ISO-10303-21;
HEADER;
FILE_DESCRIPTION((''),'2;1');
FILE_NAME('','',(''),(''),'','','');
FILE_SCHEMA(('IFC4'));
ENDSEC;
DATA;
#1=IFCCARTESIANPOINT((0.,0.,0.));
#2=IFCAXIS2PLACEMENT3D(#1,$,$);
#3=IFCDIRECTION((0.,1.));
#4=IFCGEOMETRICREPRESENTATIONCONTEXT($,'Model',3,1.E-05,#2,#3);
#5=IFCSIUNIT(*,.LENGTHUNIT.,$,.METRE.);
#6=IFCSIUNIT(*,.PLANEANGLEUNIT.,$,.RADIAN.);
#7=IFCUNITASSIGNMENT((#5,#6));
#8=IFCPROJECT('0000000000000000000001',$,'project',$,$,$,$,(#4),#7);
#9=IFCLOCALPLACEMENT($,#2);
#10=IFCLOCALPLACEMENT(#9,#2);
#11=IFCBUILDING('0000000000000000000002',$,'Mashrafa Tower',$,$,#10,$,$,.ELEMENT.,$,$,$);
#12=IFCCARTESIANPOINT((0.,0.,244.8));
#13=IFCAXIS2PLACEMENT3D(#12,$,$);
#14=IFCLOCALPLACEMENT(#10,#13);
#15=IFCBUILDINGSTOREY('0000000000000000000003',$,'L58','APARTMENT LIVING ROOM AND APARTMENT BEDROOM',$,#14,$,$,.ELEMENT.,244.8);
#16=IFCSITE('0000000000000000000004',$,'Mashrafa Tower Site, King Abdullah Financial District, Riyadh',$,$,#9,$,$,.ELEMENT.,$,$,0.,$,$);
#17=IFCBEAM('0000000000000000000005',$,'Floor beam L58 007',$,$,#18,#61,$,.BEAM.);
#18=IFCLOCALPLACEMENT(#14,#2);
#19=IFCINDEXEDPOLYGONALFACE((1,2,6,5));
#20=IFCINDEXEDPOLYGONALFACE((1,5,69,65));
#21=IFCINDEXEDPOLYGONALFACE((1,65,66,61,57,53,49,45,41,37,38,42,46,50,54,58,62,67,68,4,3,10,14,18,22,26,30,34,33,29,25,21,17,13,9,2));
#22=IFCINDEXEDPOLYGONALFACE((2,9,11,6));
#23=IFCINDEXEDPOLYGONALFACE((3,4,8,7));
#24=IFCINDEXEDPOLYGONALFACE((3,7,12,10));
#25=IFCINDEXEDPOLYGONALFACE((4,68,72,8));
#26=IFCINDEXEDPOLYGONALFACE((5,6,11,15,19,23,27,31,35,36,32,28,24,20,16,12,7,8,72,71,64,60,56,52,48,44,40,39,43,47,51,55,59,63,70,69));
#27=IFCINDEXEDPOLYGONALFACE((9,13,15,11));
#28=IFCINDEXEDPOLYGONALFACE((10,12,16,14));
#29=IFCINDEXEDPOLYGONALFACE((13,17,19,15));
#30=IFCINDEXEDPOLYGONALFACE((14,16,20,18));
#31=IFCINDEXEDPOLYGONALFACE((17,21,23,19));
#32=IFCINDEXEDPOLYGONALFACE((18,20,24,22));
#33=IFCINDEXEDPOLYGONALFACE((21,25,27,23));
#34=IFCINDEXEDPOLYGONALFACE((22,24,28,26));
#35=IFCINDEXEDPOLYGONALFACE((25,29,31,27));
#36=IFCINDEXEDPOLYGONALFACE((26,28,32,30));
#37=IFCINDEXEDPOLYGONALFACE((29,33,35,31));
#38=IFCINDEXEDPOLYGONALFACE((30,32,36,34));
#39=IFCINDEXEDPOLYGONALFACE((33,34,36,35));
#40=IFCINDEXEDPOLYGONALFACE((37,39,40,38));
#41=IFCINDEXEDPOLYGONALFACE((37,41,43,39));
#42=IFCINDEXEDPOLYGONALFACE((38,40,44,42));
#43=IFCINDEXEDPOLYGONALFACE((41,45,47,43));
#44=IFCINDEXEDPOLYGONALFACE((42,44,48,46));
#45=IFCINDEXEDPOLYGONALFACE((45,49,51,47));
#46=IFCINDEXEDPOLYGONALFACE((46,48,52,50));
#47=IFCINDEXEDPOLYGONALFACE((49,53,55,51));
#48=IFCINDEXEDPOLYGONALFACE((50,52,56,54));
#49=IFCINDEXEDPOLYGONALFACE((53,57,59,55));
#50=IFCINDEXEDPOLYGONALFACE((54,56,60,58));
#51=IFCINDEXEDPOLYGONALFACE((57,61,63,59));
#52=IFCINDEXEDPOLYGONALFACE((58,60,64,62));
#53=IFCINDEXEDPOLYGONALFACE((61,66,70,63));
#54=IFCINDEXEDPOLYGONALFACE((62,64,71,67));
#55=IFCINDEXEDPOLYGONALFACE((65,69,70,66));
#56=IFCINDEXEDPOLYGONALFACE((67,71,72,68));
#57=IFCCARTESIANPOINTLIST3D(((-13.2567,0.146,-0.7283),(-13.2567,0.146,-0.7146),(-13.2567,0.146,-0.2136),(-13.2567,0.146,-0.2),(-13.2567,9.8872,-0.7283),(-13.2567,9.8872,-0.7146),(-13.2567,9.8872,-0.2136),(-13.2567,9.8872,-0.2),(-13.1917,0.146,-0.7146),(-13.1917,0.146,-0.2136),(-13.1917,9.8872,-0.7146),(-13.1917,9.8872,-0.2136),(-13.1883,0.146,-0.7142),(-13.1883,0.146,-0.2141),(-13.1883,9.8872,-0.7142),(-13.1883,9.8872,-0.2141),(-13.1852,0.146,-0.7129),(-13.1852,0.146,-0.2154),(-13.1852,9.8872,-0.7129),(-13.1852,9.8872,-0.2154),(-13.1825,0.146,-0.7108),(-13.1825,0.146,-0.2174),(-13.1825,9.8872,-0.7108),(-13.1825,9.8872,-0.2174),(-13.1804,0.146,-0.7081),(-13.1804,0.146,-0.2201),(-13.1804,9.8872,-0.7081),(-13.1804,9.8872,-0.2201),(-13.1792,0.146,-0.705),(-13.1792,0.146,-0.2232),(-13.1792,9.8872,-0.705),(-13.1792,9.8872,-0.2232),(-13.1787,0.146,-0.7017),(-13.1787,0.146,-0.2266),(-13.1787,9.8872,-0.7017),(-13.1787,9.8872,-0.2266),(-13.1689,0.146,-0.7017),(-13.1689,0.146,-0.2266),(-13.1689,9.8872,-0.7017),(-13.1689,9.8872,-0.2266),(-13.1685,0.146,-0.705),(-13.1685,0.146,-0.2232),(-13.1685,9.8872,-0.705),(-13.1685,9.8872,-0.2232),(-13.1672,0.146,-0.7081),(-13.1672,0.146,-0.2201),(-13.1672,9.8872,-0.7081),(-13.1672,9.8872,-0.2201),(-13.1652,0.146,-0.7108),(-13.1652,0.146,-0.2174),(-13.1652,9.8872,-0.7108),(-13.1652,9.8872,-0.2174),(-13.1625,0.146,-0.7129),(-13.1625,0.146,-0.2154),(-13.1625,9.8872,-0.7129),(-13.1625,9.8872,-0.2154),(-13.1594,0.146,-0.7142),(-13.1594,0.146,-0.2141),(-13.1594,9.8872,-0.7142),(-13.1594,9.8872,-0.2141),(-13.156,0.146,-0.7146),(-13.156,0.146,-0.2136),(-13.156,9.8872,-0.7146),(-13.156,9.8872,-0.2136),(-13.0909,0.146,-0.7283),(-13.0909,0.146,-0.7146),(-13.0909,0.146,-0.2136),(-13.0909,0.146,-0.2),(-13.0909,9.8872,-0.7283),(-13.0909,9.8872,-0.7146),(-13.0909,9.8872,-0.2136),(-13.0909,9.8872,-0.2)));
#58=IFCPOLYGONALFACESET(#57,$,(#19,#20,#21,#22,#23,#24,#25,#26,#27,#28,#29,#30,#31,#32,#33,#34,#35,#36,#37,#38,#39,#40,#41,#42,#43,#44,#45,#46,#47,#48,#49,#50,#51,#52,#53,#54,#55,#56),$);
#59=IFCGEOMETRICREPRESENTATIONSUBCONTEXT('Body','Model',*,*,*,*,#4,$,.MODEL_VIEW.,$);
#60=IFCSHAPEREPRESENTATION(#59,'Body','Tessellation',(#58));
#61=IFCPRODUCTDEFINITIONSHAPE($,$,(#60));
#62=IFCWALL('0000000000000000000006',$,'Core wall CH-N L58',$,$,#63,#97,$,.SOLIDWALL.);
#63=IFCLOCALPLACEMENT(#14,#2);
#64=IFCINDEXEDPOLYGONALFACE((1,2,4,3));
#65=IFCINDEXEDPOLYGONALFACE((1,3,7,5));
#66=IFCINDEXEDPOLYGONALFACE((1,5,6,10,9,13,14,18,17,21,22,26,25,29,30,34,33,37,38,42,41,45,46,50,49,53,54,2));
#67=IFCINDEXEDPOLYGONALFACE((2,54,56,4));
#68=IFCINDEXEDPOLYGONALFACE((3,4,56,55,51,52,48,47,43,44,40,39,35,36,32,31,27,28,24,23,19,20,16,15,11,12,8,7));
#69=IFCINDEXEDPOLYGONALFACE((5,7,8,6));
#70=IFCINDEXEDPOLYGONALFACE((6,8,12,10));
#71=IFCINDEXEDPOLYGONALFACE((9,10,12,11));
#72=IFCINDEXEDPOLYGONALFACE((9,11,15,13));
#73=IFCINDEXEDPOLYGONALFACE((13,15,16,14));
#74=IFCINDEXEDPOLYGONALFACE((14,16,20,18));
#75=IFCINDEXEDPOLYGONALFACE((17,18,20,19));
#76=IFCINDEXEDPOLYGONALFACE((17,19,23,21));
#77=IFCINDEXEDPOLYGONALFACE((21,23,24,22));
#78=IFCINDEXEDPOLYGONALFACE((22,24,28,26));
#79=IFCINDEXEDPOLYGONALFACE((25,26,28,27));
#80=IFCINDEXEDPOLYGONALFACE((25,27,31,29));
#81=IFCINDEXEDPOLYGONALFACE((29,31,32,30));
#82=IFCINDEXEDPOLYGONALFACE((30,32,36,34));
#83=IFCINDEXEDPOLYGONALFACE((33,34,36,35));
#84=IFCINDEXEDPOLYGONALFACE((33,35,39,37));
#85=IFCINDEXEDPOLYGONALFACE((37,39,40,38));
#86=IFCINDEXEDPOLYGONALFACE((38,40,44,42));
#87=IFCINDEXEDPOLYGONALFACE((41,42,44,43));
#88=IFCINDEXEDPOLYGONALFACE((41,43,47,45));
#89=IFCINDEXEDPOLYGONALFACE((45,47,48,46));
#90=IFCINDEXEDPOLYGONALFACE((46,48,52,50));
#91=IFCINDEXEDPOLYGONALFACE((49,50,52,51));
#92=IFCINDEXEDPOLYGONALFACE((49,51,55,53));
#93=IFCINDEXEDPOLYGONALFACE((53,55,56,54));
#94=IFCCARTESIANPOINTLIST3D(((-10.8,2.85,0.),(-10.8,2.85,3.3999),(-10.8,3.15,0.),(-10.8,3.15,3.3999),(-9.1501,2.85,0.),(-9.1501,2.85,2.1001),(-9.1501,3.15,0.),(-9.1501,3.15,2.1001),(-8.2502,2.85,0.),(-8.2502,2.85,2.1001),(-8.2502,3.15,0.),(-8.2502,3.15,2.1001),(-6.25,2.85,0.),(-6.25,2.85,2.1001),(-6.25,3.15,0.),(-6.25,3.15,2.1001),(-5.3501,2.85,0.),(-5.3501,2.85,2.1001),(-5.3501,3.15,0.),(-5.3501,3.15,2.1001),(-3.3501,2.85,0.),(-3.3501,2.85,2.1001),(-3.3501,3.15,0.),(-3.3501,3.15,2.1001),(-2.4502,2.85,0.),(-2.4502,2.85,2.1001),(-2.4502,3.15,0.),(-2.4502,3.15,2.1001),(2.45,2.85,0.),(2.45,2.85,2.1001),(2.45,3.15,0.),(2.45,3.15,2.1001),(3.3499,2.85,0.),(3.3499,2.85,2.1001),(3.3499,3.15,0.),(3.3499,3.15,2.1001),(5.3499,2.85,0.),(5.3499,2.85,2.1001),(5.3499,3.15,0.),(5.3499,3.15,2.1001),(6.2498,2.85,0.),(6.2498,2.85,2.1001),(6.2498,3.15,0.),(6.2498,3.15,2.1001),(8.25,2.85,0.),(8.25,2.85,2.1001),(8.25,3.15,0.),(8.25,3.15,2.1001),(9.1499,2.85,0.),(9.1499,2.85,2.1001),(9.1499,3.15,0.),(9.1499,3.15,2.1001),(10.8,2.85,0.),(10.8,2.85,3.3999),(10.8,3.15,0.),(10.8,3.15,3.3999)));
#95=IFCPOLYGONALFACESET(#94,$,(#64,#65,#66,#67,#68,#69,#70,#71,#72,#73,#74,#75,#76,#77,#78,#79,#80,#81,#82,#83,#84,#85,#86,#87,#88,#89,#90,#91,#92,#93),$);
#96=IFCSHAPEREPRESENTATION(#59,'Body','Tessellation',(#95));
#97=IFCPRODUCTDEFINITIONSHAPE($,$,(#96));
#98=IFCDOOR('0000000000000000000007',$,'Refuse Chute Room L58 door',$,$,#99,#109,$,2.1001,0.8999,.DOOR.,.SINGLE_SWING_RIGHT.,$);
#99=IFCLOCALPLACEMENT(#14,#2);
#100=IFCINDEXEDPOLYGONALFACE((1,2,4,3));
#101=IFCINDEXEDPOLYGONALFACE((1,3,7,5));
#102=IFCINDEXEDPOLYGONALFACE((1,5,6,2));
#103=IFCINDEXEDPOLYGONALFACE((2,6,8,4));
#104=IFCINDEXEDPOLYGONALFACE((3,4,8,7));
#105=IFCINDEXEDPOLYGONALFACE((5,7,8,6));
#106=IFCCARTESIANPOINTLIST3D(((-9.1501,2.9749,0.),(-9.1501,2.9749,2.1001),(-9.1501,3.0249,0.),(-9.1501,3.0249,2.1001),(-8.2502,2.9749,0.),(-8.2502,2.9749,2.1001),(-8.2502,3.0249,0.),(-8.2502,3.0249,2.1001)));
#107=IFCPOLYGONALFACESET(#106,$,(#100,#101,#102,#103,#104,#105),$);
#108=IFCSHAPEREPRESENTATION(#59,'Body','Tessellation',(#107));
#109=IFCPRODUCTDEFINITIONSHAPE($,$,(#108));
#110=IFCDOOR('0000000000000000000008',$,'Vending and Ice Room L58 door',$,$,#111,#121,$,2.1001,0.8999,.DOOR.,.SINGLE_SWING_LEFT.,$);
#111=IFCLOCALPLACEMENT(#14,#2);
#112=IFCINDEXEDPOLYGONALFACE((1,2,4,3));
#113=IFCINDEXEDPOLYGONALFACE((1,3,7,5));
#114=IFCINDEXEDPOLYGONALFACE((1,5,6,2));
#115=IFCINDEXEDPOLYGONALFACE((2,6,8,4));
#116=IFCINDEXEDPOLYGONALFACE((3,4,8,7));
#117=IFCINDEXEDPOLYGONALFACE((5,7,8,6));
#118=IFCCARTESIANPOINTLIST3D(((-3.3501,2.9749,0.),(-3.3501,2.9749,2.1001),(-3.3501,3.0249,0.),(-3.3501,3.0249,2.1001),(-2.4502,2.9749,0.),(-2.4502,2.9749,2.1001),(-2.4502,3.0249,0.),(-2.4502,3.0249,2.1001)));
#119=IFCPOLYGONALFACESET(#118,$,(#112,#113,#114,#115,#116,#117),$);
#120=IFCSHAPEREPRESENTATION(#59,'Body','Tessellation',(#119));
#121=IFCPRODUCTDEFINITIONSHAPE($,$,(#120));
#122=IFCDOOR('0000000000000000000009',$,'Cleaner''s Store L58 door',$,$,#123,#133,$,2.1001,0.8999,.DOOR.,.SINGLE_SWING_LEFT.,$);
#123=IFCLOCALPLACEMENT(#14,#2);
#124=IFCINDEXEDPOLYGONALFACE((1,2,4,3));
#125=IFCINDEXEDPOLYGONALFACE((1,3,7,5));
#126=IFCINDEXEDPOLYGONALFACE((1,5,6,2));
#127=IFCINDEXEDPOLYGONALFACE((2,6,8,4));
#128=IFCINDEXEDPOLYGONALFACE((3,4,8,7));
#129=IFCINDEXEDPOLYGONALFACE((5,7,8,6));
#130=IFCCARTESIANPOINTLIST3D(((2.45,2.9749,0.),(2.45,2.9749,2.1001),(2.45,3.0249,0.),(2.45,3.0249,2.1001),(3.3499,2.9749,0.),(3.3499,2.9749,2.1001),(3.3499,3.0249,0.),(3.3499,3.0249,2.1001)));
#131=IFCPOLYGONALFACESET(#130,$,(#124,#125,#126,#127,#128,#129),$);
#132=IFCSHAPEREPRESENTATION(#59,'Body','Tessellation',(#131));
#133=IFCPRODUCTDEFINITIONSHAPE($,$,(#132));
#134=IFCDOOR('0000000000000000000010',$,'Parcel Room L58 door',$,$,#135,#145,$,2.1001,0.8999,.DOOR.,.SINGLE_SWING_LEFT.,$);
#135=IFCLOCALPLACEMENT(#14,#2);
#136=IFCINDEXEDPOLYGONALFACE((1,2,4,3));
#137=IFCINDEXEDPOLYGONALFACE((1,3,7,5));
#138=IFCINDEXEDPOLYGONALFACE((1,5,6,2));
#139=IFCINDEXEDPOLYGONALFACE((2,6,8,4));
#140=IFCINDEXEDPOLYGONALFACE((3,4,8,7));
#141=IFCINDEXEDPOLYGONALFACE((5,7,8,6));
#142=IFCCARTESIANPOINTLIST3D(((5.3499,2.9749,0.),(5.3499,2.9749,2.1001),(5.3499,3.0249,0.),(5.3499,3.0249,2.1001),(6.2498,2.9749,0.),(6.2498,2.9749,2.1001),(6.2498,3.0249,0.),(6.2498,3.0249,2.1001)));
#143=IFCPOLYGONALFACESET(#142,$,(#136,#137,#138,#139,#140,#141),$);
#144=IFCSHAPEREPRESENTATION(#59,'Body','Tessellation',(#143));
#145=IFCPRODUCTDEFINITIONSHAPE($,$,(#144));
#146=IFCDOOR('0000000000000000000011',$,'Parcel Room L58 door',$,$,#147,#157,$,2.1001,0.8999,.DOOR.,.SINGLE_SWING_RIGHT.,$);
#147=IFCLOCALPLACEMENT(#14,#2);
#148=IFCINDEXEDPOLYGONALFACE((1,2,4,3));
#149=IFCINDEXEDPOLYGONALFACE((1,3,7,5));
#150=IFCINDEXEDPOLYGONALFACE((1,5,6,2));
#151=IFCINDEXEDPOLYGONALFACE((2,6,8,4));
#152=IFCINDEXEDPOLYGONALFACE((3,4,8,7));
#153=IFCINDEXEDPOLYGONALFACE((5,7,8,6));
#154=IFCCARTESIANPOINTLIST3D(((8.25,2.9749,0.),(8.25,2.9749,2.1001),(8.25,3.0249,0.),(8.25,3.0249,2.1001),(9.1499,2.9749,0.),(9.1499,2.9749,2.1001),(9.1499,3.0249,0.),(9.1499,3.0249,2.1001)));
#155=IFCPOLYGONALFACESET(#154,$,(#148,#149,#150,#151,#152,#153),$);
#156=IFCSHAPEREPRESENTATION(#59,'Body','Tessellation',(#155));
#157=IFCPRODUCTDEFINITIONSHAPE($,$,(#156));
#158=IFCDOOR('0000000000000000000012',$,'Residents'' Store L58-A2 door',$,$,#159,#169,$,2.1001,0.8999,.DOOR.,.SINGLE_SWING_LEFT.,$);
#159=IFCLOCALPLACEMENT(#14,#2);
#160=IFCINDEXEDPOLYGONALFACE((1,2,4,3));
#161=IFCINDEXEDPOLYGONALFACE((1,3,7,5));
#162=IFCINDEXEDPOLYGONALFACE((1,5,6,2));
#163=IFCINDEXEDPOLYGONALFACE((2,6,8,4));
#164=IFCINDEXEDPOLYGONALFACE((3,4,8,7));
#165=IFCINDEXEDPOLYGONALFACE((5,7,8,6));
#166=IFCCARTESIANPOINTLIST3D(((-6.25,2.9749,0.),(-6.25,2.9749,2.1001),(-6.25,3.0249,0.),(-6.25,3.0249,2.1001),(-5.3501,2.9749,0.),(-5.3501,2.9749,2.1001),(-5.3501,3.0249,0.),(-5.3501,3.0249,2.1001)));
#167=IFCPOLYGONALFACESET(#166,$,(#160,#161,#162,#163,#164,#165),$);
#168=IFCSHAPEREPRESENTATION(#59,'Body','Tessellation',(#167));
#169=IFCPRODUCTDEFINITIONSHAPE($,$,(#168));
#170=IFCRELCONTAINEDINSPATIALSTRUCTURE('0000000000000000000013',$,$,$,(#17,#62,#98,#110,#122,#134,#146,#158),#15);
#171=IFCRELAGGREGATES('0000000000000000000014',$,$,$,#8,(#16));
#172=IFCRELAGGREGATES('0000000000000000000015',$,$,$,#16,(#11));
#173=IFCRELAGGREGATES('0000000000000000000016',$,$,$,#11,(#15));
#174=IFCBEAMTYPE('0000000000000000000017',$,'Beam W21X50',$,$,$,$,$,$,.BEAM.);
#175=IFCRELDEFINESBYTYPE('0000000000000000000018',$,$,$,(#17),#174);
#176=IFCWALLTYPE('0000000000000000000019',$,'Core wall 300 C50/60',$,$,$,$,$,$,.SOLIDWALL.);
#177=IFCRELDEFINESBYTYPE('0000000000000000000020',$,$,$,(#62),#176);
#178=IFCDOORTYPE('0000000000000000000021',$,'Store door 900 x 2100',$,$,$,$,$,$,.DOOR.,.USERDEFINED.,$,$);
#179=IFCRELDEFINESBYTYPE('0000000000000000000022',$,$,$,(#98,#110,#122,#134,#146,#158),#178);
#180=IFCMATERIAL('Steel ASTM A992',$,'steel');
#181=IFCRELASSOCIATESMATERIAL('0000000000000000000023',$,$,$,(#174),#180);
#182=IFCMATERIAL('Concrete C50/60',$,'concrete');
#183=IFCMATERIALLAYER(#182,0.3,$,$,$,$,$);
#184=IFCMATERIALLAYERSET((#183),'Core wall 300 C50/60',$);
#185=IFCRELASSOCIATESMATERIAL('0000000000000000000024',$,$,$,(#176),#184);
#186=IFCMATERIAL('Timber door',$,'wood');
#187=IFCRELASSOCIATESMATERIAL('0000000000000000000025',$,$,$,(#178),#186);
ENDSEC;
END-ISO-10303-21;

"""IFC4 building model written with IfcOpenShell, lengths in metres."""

from ifc_helpers import new_model, si_unit, direction, frame, frame_2d, origin, origin_2d, place, context, subcontext, project, spatial, rectangle, i_section, extrude, material, layer, layer_set, material_profile, profile_set, type_object, element, fill, save


model = new_model("IFC4")

# Units and contexts
model_context = context("Model", 3, precision=1e-05, world=origin(), true_north=direction((0.0, 1.0)))
body_context = subcontext(model_context, "Body", "Model", "MODEL_VIEW")
ifc_project = project(units=[si_unit("LENGTHUNIT", "METRE"), si_unit("PLANEANGLEUNIT", "RADIAN")], contexts=[model_context])

# Site, building, storey
site_placement = place(None, origin())
site = spatial("IfcSite", under=ifc_project, at=site_placement, Name="Mashrafa Tower Site, King Abdullah Financial District, Riyadh", CompositionType="ELEMENT", RefElevation=0.0)
building_placement = place(site_placement, origin())
building = spatial("IfcBuilding", under=site, at=building_placement, Name="Mashrafa Tower", CompositionType="ELEMENT")
storey_placement = place(building_placement, frame((0.0, 0.0, 244.8)))
storey = spatial("IfcBuildingStorey", under=building, at=storey_placement, Name="L58", Description="APARTMENT LIVING ROOM AND APARTMENT BEDROOM", CompositionType="ELEMENT", Elevation=244.8)

# Beam
ifc_material_1 = material(Name="Steel ASTM A992", Category="steel")
ifc_material_profile_1 = material_profile(ifc_material_1, i_section(OverallWidth=0.1658, OverallDepth=0.5283, WebThickness=0.0098, FlangeThickness=0.0137, FilletRadius=0.0129, at=origin_2d()), Name="W21X50")
ifc_profile_set_1 = profile_set([ifc_material_profile_1], Name="Steel ASTM A992")
beam_type_1 = type_object("IfcBeamType", Name="Beam W21X50", PredefinedType="BEAM", material=ifc_profile_set_1)
beam_1_placement = place(storey_placement, frame((-13.1738, 0.146, -0.4641), z_axis=(0.0, 1.0, 0.0), x_axis=(-1.0, 0.0, 0.0)))
element("IfcBeam", 1, at=beam_1_placement, inside=storey, type_object=beam_type_1, Name="Floor beam L58 007", PredefinedType="BEAM", context=body_context, shape_type="SweptSolid", body=[
    extrude(i_section(OverallWidth=0.1658, OverallDepth=0.5283, WebThickness=0.0098, FlangeThickness=0.0137, FilletRadius=0.0129, at=origin_2d()), origin(), (0.0, 0.0, 1.0), 9.7412),
])

# Wall, openings, doors
ifc_material_2 = material(Name="Concrete C50/60", Category="concrete")
ifc_layer_1 = layer(ifc_material_2, 0.3)
ifc_layer_set_1 = layer_set([ifc_layer_1], Name="Core wall 300 C50/60")
wall_type_1 = type_object("IfcWallType", Name="Core wall 300 C50/60", PredefinedType="SOLIDWALL", material=ifc_layer_set_1)
wall_1_placement = place(storey_placement, frame((-10.8, 3.0, 0.0), z_axis=(0.0, 0.0, 1.0), x_axis=(1.0, 0.0, 0.0)))
wall_1 = element("IfcWall", 2, at=wall_1_placement, inside=storey, type_object=wall_type_1, Name="Core wall CH-N L58", PredefinedType="SOLIDWALL", context=body_context, shape_type="SweptSolid", body=[
    extrude(rectangle(XDim=21.6001, YDim=0.3, at=frame_2d((10.8, 0.0))), origin(), (0.0, 0.0, 1.0), 3.3999),
])
opening_1_placement = place(wall_1_placement, frame((1.6499, 0.0, 0.0)))
opening_1 = element("IfcOpeningElement", 3, at=opening_1_placement, cuts=wall_1, PredefinedType="OPENING", context=body_context, shape_type="SweptSolid", body=[
    extrude(rectangle(XDim=0.8999, YDim=2.1001, at=frame_2d((0.45, 1.05))), frame((0.0, 0.1599, 0.0), z_axis=(0.0, -1.0, 0.0), x_axis=(1.0, 0.0, 0.0)), (0.0, 0.0, 1.0), 0.3201),
])
opening_2_placement = place(wall_1_placement, frame((7.45, 0.0, 0.0)))
opening_2 = element("IfcOpeningElement", 4, at=opening_2_placement, cuts=wall_1, PredefinedType="OPENING", context=body_context, shape_type="SweptSolid", body=[
    extrude(rectangle(XDim=0.8999, YDim=2.1001, at=frame_2d((0.45, 1.05))), frame((0.0, 0.1599, 0.0), z_axis=(0.0, -1.0, 0.0), x_axis=(1.0, 0.0, 0.0)), (0.0, 0.0, 1.0), 0.3201),
])
opening_3_placement = place(wall_1_placement, frame((13.25, 0.0, 0.0)))
opening_3 = element("IfcOpeningElement", 5, at=opening_3_placement, cuts=wall_1, PredefinedType="OPENING", context=body_context, shape_type="SweptSolid", body=[
    extrude(rectangle(XDim=0.8999, YDim=2.1001, at=frame_2d((0.45, 1.05))), frame((0.0, 0.1599, 0.0), z_axis=(0.0, -1.0, 0.0), x_axis=(1.0, 0.0, 0.0)), (0.0, 0.0, 1.0), 0.3201),
])
opening_4_placement = place(wall_1_placement, frame((16.1499, 0.0, 0.0)))
opening_4 = element("IfcOpeningElement", 6, at=opening_4_placement, cuts=wall_1, PredefinedType="OPENING", context=body_context, shape_type="SweptSolid", body=[
    extrude(rectangle(XDim=0.8999, YDim=2.1001, at=frame_2d((0.45, 1.05))), frame((0.0, 0.1599, 0.0), z_axis=(0.0, -1.0, 0.0), x_axis=(1.0, 0.0, 0.0)), (0.0, 0.0, 1.0), 0.3201),
])
opening_5_placement = place(wall_1_placement, frame((19.05, 0.0, 0.0)))
opening_5 = element("IfcOpeningElement", 7, at=opening_5_placement, cuts=wall_1, PredefinedType="OPENING", context=body_context, shape_type="SweptSolid", body=[
    extrude(rectangle(XDim=0.8999, YDim=2.1001, at=frame_2d((0.45, 1.05))), frame((0.0, 0.1599, 0.0), z_axis=(0.0, -1.0, 0.0), x_axis=(1.0, 0.0, 0.0)), (0.0, 0.0, 1.0), 0.3201),
])
opening_6_placement = place(wall_1_placement, frame((4.55, 0.0, 0.0)))
opening_6 = element("IfcOpeningElement", 8, at=opening_6_placement, cuts=wall_1, PredefinedType="OPENING", context=body_context, shape_type="SweptSolid", body=[
    extrude(rectangle(XDim=0.8999, YDim=2.1001, at=frame_2d((0.45, 1.05))), frame((0.0, 0.1599, 0.0), z_axis=(0.0, -1.0, 0.0), x_axis=(1.0, 0.0, 0.0)), (0.0, 0.0, 1.0), 0.3201),
])
ifc_material_3 = material(Name="Timber door", Category="wood")
door_type_1 = type_object("IfcDoorType", Name="Store door 900 x 2100", OperationType="USERDEFINED", PredefinedType="DOOR", material=ifc_material_3)
door_1_placement = place(opening_1_placement, origin())
door_1 = element("IfcDoor", 9, at=door_1_placement, inside=storey, type_object=door_type_1, Name="Refuse Chute Room L58 door", OperationType="SINGLE_SWING_RIGHT", OverallHeight=2.1001, OverallWidth=0.8999, PredefinedType="DOOR", context=body_context, shape_type="SweptSolid", body=[
    extrude(rectangle(XDim=0.8999, YDim=2.1001, at=frame_2d((0.45, 1.05))), frame((0.0, 0.0249, 0.0), z_axis=(0.0, -1.0, 0.0), x_axis=(1.0, 0.0, 0.0)), (0.0, 0.0, 1.0), 0.05),
])
fill(opening_1, door_1)
door_2_placement = place(opening_2_placement, origin())
door_2 = element("IfcDoor", 10, at=door_2_placement, inside=storey, type_object=door_type_1, Name="Vending and Ice Room L58 door", OperationType="SINGLE_SWING_LEFT", OverallHeight=2.1001, OverallWidth=0.8999, PredefinedType="DOOR", context=body_context, shape_type="SweptSolid", body=[
    extrude(rectangle(XDim=0.8999, YDim=2.1001, at=frame_2d((0.45, 1.05))), frame((0.0, 0.0249, 0.0), z_axis=(0.0, -1.0, 0.0), x_axis=(1.0, 0.0, 0.0)), (0.0, 0.0, 1.0), 0.05),
])
fill(opening_2, door_2)
door_3_placement = place(opening_3_placement, origin())
door_3 = element("IfcDoor", 11, at=door_3_placement, inside=storey, type_object=door_type_1, Name="Cleaner's Store L58 door", OperationType="SINGLE_SWING_LEFT", OverallHeight=2.1001, OverallWidth=0.8999, PredefinedType="DOOR", context=body_context, shape_type="SweptSolid", body=[
    extrude(rectangle(XDim=0.8999, YDim=2.1001, at=frame_2d((0.45, 1.05))), frame((0.0, 0.0249, 0.0), z_axis=(0.0, -1.0, 0.0), x_axis=(1.0, 0.0, 0.0)), (0.0, 0.0, 1.0), 0.05),
])
fill(opening_3, door_3)
door_4_placement = place(opening_4_placement, origin())
door_4 = element("IfcDoor", 12, at=door_4_placement, inside=storey, type_object=door_type_1, Name="Parcel Room L58 door", OperationType="SINGLE_SWING_LEFT", OverallHeight=2.1001, OverallWidth=0.8999, PredefinedType="DOOR", context=body_context, shape_type="SweptSolid", body=[
    extrude(rectangle(XDim=0.8999, YDim=2.1001, at=frame_2d((0.45, 1.05))), frame((0.0, 0.0249, 0.0), z_axis=(0.0, -1.0, 0.0), x_axis=(1.0, 0.0, 0.0)), (0.0, 0.0, 1.0), 0.05),
])
fill(opening_4, door_4)
door_5_placement = place(opening_5_placement, origin())
door_5 = element("IfcDoor", 13, at=door_5_placement, inside=storey, type_object=door_type_1, Name="Parcel Room L58 door", OperationType="SINGLE_SWING_RIGHT", OverallHeight=2.1001, OverallWidth=0.8999, PredefinedType="DOOR", context=body_context, shape_type="SweptSolid", body=[
    extrude(rectangle(XDim=0.8999, YDim=2.1001, at=frame_2d((0.45, 1.05))), frame((0.0, 0.0249, 0.0), z_axis=(0.0, -1.0, 0.0), x_axis=(1.0, 0.0, 0.0)), (0.0, 0.0, 1.0), 0.05),
])
fill(opening_5, door_5)
door_6_placement = place(opening_6_placement, origin())
door_6 = element("IfcDoor", 14, at=door_6_placement, inside=storey, type_object=door_type_1, Name="Residents' Store L58-A2 door", OperationType="SINGLE_SWING_LEFT", OverallHeight=2.1001, OverallWidth=0.8999, PredefinedType="DOOR", context=body_context, shape_type="SweptSolid", body=[
    extrude(rectangle(XDim=0.8999, YDim=2.1001, at=frame_2d((0.45, 1.05))), frame((0.0, 0.0249, 0.0), z_axis=(0.0, -1.0, 0.0), x_axis=(1.0, 0.0, 0.0)), (0.0, 0.0, 1.0), 0.05),
])
fill(opening_6, door_6)

save(model, "model.ifc")
